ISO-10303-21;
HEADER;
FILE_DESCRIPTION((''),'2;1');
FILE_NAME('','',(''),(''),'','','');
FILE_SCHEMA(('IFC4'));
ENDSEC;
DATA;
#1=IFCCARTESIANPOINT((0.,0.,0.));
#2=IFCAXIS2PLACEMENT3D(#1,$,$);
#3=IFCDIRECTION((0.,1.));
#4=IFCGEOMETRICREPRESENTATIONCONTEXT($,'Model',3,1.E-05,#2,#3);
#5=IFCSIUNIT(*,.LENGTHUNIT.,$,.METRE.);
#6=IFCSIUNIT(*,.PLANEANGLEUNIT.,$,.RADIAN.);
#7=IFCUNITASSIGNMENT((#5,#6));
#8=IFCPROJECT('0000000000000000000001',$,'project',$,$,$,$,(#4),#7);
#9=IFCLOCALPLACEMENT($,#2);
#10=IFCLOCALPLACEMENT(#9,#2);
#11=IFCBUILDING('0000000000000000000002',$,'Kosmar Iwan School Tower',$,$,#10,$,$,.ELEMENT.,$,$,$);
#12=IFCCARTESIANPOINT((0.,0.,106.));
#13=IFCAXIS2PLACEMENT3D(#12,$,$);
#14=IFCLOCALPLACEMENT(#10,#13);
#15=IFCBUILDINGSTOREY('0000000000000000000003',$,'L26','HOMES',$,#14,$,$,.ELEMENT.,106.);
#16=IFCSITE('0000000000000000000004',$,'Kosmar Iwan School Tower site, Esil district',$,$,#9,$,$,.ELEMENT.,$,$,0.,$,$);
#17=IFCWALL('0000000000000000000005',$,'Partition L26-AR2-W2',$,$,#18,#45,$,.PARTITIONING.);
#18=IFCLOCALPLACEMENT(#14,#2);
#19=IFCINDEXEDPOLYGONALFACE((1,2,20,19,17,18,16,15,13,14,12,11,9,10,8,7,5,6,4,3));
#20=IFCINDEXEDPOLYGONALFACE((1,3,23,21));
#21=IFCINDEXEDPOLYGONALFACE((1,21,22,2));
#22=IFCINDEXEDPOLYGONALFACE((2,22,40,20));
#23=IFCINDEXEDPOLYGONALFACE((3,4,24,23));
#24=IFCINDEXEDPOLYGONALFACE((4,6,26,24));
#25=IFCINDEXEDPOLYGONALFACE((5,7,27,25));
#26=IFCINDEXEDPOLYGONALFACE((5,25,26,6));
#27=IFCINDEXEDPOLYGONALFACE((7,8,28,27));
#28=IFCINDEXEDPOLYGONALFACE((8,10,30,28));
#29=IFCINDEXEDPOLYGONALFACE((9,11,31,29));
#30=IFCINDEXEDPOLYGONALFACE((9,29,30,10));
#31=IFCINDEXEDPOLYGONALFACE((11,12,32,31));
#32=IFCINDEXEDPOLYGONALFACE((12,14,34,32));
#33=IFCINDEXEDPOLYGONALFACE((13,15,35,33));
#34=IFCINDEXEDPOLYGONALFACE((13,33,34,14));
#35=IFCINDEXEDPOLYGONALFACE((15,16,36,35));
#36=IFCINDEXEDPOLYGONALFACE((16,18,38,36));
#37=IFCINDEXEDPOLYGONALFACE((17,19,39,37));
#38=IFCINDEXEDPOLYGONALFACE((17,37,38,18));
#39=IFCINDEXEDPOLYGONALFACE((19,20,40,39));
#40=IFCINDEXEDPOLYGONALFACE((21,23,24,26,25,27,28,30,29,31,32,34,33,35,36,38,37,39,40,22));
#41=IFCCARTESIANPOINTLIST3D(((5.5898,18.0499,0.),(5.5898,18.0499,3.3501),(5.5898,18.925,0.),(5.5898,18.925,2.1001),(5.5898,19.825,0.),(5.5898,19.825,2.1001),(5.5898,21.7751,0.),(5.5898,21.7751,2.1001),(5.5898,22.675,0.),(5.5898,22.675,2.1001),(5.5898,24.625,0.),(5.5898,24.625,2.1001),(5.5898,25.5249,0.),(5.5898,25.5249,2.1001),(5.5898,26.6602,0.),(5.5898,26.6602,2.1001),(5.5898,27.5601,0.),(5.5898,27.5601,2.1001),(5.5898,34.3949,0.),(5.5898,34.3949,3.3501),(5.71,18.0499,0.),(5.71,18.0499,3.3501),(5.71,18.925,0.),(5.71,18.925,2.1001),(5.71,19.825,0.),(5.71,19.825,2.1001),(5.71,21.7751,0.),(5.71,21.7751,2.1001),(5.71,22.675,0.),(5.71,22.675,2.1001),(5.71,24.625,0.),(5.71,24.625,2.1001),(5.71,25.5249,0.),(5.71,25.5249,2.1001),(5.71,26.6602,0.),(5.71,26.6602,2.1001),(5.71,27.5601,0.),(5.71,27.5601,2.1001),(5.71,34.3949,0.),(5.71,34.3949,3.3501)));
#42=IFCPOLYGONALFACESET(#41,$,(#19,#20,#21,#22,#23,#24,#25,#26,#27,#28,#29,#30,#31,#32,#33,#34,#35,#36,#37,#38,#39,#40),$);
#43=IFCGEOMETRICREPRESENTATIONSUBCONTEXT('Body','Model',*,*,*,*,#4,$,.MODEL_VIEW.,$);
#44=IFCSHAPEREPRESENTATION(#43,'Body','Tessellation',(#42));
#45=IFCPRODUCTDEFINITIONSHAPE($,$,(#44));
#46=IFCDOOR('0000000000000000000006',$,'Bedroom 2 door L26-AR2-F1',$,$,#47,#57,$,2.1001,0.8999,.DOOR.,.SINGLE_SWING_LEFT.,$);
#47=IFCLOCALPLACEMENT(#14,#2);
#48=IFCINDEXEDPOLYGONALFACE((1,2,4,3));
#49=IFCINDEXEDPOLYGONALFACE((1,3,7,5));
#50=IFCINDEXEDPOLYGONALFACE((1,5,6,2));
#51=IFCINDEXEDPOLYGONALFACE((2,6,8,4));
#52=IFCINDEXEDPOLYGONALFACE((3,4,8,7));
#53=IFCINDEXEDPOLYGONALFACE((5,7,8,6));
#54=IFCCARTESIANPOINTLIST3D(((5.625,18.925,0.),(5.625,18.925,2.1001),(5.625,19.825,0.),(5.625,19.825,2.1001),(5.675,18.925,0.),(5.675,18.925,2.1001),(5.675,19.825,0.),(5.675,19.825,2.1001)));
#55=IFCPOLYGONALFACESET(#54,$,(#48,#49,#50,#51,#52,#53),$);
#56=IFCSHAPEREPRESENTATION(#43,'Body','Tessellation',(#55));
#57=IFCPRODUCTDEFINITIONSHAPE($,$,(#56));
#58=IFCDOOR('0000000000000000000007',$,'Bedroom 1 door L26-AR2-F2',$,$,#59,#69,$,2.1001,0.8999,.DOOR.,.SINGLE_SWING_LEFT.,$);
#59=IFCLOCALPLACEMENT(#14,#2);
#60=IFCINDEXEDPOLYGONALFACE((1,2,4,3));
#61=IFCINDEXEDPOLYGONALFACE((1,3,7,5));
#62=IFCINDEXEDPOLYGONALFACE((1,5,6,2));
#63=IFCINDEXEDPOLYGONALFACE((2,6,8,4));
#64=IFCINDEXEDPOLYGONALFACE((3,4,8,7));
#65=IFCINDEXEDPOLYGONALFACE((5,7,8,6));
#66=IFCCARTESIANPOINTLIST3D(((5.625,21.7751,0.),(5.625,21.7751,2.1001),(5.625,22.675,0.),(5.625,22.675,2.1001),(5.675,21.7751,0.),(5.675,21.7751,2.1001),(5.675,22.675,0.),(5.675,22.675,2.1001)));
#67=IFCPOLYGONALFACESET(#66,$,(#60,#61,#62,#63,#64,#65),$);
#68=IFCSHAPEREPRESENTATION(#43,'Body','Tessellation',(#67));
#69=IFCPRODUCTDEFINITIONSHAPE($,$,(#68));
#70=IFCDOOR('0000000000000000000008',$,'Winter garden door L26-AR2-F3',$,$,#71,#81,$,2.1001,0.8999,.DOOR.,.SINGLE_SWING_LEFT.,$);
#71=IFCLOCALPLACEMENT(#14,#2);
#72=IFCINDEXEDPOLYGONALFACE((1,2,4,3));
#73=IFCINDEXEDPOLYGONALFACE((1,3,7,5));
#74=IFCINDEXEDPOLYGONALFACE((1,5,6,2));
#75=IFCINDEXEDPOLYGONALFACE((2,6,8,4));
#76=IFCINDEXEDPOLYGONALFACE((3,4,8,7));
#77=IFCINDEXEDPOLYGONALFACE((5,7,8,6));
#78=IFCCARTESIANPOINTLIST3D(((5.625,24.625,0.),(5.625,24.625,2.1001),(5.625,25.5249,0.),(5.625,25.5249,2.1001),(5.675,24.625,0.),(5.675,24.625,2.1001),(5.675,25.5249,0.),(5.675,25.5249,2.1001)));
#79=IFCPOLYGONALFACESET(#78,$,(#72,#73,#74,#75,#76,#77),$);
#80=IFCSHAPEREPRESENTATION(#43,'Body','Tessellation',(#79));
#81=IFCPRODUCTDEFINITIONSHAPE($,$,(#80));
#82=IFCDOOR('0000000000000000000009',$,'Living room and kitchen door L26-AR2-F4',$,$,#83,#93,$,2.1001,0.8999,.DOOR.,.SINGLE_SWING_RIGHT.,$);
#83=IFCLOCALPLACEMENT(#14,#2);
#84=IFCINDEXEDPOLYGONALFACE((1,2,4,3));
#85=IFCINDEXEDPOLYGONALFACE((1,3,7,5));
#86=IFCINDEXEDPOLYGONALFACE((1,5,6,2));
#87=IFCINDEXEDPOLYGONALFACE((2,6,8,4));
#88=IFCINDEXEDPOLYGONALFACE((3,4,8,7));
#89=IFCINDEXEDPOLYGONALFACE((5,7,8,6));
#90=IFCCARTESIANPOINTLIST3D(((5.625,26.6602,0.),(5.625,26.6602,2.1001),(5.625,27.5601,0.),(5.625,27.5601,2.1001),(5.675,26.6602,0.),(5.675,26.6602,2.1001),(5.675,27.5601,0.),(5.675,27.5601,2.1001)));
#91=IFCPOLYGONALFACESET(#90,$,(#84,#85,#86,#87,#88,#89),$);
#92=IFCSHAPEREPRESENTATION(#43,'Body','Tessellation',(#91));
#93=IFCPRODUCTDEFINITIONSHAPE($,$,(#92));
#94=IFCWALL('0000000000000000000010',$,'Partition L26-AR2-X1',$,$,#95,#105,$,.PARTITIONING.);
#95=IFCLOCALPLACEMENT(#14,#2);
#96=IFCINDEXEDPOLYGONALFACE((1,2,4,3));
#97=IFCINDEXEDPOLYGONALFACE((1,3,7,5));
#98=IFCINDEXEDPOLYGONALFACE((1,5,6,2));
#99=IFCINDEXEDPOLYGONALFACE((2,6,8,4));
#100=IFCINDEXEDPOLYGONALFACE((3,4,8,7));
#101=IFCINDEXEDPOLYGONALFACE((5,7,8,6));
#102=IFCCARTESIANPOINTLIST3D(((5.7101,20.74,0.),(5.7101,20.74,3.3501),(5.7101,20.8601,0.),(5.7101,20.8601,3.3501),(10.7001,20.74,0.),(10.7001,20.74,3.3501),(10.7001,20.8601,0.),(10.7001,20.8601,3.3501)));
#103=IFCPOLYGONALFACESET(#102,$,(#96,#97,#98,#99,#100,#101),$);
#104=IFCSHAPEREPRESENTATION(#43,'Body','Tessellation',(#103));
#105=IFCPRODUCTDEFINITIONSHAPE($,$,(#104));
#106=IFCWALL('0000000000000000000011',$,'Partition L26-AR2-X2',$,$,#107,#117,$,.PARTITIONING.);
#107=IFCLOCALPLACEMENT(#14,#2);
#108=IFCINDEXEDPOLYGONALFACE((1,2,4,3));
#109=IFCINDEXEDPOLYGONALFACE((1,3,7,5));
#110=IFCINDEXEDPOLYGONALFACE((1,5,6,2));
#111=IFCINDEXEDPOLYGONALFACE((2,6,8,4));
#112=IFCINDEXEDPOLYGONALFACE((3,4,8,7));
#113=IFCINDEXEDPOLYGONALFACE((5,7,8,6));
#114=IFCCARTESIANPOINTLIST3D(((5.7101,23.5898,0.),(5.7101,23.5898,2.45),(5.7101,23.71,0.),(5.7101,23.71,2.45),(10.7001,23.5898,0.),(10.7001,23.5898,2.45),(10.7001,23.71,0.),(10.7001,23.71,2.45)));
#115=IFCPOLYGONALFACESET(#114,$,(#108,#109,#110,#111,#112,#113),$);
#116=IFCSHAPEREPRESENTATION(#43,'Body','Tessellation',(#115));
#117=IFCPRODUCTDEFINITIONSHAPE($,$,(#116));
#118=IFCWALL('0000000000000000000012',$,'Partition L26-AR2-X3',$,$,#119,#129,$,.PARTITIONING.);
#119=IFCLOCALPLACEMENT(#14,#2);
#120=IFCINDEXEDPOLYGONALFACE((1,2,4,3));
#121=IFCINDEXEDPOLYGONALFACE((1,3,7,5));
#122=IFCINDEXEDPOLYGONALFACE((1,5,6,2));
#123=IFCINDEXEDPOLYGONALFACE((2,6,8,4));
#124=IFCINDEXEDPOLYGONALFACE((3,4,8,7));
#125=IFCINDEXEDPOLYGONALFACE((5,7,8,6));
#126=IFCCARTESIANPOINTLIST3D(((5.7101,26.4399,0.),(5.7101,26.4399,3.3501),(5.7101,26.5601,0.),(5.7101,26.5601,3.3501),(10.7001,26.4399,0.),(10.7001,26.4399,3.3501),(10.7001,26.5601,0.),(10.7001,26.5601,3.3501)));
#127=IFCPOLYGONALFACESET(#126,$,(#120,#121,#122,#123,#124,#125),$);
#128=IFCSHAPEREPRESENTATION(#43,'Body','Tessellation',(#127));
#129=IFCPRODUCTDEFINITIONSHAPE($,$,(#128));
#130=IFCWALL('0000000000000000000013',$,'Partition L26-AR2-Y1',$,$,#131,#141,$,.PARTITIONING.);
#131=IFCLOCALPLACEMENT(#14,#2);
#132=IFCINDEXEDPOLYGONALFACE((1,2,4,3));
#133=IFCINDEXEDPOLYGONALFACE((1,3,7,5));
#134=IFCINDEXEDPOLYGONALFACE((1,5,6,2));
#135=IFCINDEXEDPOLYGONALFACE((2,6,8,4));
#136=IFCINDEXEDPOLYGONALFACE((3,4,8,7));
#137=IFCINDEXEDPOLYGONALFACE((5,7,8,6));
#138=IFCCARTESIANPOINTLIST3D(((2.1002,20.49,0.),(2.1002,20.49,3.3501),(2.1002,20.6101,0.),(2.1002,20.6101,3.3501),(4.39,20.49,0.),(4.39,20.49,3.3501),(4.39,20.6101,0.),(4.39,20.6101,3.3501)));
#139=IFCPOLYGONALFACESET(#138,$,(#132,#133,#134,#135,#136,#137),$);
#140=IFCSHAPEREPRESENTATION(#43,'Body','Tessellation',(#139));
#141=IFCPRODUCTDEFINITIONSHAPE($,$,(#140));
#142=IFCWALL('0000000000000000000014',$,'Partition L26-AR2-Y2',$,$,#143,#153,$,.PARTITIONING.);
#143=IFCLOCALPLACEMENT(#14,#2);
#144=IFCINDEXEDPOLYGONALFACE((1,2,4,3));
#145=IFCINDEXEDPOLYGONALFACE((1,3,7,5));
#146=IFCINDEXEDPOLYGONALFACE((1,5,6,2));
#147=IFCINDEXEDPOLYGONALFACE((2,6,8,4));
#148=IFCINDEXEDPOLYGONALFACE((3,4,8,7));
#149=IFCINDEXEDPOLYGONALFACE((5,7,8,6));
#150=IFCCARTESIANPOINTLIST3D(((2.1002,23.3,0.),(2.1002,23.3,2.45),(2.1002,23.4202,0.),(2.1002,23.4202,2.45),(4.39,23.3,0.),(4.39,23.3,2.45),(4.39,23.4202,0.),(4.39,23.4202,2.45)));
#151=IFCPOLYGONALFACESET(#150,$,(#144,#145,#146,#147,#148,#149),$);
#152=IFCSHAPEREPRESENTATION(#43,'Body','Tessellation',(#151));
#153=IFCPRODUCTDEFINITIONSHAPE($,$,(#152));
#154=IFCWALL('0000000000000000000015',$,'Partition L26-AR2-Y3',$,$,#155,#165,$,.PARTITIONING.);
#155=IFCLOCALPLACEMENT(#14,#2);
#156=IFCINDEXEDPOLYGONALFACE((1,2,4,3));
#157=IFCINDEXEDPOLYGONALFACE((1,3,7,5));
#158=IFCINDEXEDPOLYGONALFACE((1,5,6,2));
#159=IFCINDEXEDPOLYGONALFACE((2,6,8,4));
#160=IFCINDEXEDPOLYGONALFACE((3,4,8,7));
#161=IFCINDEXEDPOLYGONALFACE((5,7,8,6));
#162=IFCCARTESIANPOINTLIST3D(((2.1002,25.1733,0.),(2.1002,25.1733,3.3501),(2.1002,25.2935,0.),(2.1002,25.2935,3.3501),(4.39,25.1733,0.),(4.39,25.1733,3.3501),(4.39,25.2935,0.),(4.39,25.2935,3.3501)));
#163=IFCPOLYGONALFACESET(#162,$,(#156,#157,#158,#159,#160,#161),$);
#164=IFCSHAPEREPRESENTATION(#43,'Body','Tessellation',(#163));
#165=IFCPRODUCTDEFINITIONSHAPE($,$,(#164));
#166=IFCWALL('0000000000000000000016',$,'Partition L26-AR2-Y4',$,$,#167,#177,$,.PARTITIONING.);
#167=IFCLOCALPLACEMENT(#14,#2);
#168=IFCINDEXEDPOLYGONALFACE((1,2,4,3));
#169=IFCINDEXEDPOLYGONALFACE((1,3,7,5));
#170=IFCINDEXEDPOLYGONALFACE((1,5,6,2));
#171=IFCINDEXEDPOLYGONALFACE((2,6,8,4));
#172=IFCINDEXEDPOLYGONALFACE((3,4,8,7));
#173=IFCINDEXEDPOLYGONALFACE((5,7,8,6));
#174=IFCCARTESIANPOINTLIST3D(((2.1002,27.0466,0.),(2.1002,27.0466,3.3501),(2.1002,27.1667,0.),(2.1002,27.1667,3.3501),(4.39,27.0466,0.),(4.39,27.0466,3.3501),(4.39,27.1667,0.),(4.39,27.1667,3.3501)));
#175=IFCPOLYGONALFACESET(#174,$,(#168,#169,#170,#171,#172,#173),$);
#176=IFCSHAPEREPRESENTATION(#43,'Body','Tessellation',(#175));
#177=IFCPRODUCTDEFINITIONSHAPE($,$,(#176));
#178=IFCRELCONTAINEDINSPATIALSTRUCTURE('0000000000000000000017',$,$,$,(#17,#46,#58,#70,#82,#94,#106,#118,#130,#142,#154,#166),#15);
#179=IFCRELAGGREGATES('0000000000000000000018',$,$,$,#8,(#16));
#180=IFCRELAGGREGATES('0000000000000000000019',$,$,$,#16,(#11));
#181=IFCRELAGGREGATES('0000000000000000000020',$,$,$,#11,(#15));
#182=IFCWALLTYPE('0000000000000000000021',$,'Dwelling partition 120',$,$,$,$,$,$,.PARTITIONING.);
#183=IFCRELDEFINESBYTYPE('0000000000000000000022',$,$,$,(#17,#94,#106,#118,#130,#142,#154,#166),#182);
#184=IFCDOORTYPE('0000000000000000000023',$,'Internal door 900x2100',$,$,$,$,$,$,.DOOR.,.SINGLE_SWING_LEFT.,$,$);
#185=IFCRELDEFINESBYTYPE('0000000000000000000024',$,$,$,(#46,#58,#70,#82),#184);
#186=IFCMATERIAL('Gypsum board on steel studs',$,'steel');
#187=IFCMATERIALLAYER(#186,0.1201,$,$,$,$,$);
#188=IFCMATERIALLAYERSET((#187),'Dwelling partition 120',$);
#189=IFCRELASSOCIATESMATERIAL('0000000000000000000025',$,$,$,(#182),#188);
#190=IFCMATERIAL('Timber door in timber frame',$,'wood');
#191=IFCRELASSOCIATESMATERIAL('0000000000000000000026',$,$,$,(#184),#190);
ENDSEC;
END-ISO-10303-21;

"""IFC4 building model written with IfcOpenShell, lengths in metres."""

from ifc_helpers import new_model, si_unit, direction, frame, frame_2d, origin, place, context, subcontext, project, spatial, rectangle, extrude, material, layer, layer_set, type_object, element, fill, save


model = new_model("IFC4")

# Units and contexts
model_context = context("Model", 3, precision=1e-05, world=origin(), true_north=direction((0.0, 1.0)))
body_context = subcontext(model_context, "Body", "Model", "MODEL_VIEW")
ifc_project = project(units=[si_unit("LENGTHUNIT", "METRE"), si_unit("PLANEANGLEUNIT", "RADIAN")], contexts=[model_context])

# Site, building, storey
site_placement = place(None, origin())
site = spatial("IfcSite", under=ifc_project, at=site_placement, Name="Kosmar Iwan School Tower site, Esil district", CompositionType="ELEMENT", RefElevation=0.0)
building_placement = place(site_placement, origin())
building = spatial("IfcBuilding", under=site, at=building_placement, Name="Kosmar Iwan School Tower", CompositionType="ELEMENT")
storey_placement = place(building_placement, frame((0.0, 0.0, 106.0)))
storey = spatial("IfcBuildingStorey", under=building, at=storey_placement, Name="L26", Description="HOMES", CompositionType="ELEMENT", Elevation=106.0)

# Wall, openings, doors
ifc_material_1 = material(Name="Gypsum board on steel studs", Category="steel")
ifc_layer_1 = layer(ifc_material_1, 0.1201)
ifc_layer_set_1 = layer_set([ifc_layer_1], Name="Dwelling partition 120")
wall_type_1 = type_object("IfcWallType", Name="Dwelling partition 120", PredefinedType="PARTITIONING", material=ifc_layer_set_1)
wall_1_placement = place(storey_placement, frame((5.6499, 18.05, 0.0), z_axis=(0.0, 0.0, 1.0), x_axis=(0.0, 1.0, 0.0)))
wall_1 = element("IfcWall", 1, at=wall_1_placement, inside=storey, type_object=wall_type_1, Name="Partition L26-AR2-W2", PredefinedType="PARTITIONING", context=body_context, shape_type="SweptSolid", body=[
    extrude(rectangle(XDim=16.345, YDim=0.1201, at=frame_2d((8.1724, 0.0))), origin(), (0.0, 0.0, 1.0), 3.3501),
])
opening_1_placement = place(wall_1_placement, frame((0.875, 0.0, 0.0)))
opening_1 = element("IfcOpeningElement", 2, at=opening_1_placement, cuts=wall_1, PredefinedType="OPENING", context=body_context, shape_type="SweptSolid", body=[
    extrude(rectangle(XDim=0.8999, YDim=2.1001, at=frame_2d((0.45, 1.05))), frame((0.0, 0.072, 0.0), z_axis=(0.0, -1.0, 0.0), x_axis=(1.0, 0.0, 0.0)), (0.0, 0.0, 1.0), 0.144),
])
opening_2_placement = place(wall_1_placement, frame((3.7251, 0.0, 0.0)))
opening_2 = element("IfcOpeningElement", 3, at=opening_2_placement, cuts=wall_1, PredefinedType="OPENING", context=body_context, shape_type="SweptSolid", body=[
    extrude(rectangle(XDim=0.8999, YDim=2.1001, at=frame_2d((0.45, 1.05))), frame((0.0, 0.072, 0.0), z_axis=(0.0, -1.0, 0.0), x_axis=(1.0, 0.0, 0.0)), (0.0, 0.0, 1.0), 0.144),
])
opening_3_placement = place(wall_1_placement, frame((6.575, 0.0, 0.0)))
opening_3 = element("IfcOpeningElement", 4, at=opening_3_placement, cuts=wall_1, PredefinedType="OPENING", context=body_context, shape_type="SweptSolid", body=[
    extrude(rectangle(XDim=0.8999, YDim=2.1001, at=frame_2d((0.45, 1.05))), frame((0.0, 0.072, 0.0), z_axis=(0.0, -1.0, 0.0), x_axis=(1.0, 0.0, 0.0)), (0.0, 0.0, 1.0), 0.144),
])
opening_4_placement = place(wall_1_placement, frame((8.6101, 0.0, 0.0)))
opening_4 = element("IfcOpeningElement", 5, at=opening_4_placement, cuts=wall_1, PredefinedType="OPENING", context=body_context, shape_type="SweptSolid", body=[
    extrude(rectangle(XDim=0.8999, YDim=2.1001, at=frame_2d((0.45, 1.05))), frame((0.0, 0.072, 0.0), z_axis=(0.0, -1.0, 0.0), x_axis=(1.0, 0.0, 0.0)), (0.0, 0.0, 1.0), 0.144),
])
ifc_material_2 = material(Name="Timber door in timber frame", Category="wood")
door_type_1 = type_object("IfcDoorType", Name="Internal door 900x2100", OperationType="SINGLE_SWING_LEFT", PredefinedType="DOOR", material=ifc_material_2)
door_1_placement = place(opening_1_placement, origin())
door_1 = element("IfcDoor", 6, at=door_1_placement, inside=storey, type_object=door_type_1, Name="Bedroom 2 door L26-AR2-F1", OperationType="SINGLE_SWING_LEFT", OverallHeight=2.1001, OverallWidth=0.8999, PredefinedType="DOOR", context=body_context, shape_type="SweptSolid", body=[
    extrude(rectangle(XDim=0.8999, YDim=2.1001, at=frame_2d((0.45, 1.05))), frame((0.0, 0.0249, 0.0), z_axis=(0.0, -1.0, 0.0), x_axis=(1.0, 0.0, 0.0)), (0.0, 0.0, 1.0), 0.05),
])
fill(opening_1, door_1)
door_2_placement = place(opening_2_placement, origin())
door_2 = element("IfcDoor", 7, at=door_2_placement, inside=storey, type_object=door_type_1, Name="Bedroom 1 door L26-AR2-F2", OperationType="SINGLE_SWING_LEFT", OverallHeight=2.1001, OverallWidth=0.8999, PredefinedType="DOOR", context=body_context, shape_type="SweptSolid", body=[
    extrude(rectangle(XDim=0.8999, YDim=2.1001, at=frame_2d((0.45, 1.05))), frame((0.0, 0.0249, 0.0), z_axis=(0.0, -1.0, 0.0), x_axis=(1.0, 0.0, 0.0)), (0.0, 0.0, 1.0), 0.05),
])
fill(opening_2, door_2)
door_3_placement = place(opening_3_placement, origin())
door_3 = element("IfcDoor", 8, at=door_3_placement, inside=storey, type_object=door_type_1, Name="Winter garden door L26-AR2-F3", OperationType="SINGLE_SWING_LEFT", OverallHeight=2.1001, OverallWidth=0.8999, PredefinedType="DOOR", context=body_context, shape_type="SweptSolid", body=[
    extrude(rectangle(XDim=0.8999, YDim=2.1001, at=frame_2d((0.45, 1.05))), frame((0.0, 0.0249, 0.0), z_axis=(0.0, -1.0, 0.0), x_axis=(1.0, 0.0, 0.0)), (0.0, 0.0, 1.0), 0.05),
])
fill(opening_3, door_3)
door_4_placement = place(opening_4_placement, origin())
door_4 = element("IfcDoor", 9, at=door_4_placement, inside=storey, type_object=door_type_1, Name="Living room and kitchen door L26-AR2-F4", OperationType="SINGLE_SWING_RIGHT", OverallHeight=2.1001, OverallWidth=0.8999, PredefinedType="DOOR", context=body_context, shape_type="SweptSolid", body=[
    extrude(rectangle(XDim=0.8999, YDim=2.1001, at=frame_2d((0.45, 1.05))), frame((0.0, 0.0249, 0.0), z_axis=(0.0, -1.0, 0.0), x_axis=(1.0, 0.0, 0.0)), (0.0, 0.0, 1.0), 0.05),
])
fill(opening_4, door_4)

# Walls
wall_2_placement = place(storey_placement, frame((5.71, 20.8, 0.0), z_axis=(0.0, 0.0, 1.0), x_axis=(1.0, 0.0, 0.0)))
element("IfcWall", 10, at=wall_2_placement, inside=storey, type_object=wall_type_1, Name="Partition L26-AR2-X1", PredefinedType="PARTITIONING", context=body_context, shape_type="SweptSolid", body=[
    extrude(rectangle(XDim=4.99, YDim=0.1201, at=frame_2d((2.4951, 0.0))), origin(), (0.0, 0.0, 1.0), 3.3501),
])
wall_3_placement = place(storey_placement, frame((5.71, 23.6499, 0.0), z_axis=(0.0, 0.0, 1.0), x_axis=(1.0, 0.0, 0.0)))
element("IfcWall", 11, at=wall_3_placement, inside=storey, type_object=wall_type_1, Name="Partition L26-AR2-X2", PredefinedType="PARTITIONING", context=body_context, shape_type="SweptSolid", body=[
    extrude(rectangle(XDim=4.99, YDim=0.1201, at=frame_2d((2.4951, 0.0))), origin(), (0.0, 0.0, 1.0), 2.45),
])
wall_4_placement = place(storey_placement, frame((5.71, 26.5, 0.0), z_axis=(0.0, 0.0, 1.0), x_axis=(1.0, 0.0, 0.0)))
element("IfcWall", 12, at=wall_4_placement, inside=storey, type_object=wall_type_1, Name="Partition L26-AR2-X3", PredefinedType="PARTITIONING", context=body_context, shape_type="SweptSolid", body=[
    extrude(rectangle(XDim=4.99, YDim=0.1201, at=frame_2d((2.4951, 0.0))), origin(), (0.0, 0.0, 1.0), 3.3501),
])
wall_5_placement = place(storey_placement, frame((2.1001, 20.55, 0.0), z_axis=(0.0, 0.0, 1.0), x_axis=(1.0, 0.0, 0.0)))
element("IfcWall", 13, at=wall_5_placement, inside=storey, type_object=wall_type_1, Name="Partition L26-AR2-Y1", PredefinedType="PARTITIONING", context=body_context, shape_type="SweptSolid", body=[
    extrude(rectangle(XDim=2.2898, YDim=0.1201, at=frame_2d((1.145, 0.0))), origin(), (0.0, 0.0, 1.0), 3.3501),
])
wall_6_placement = place(storey_placement, frame((2.1001, 23.3601, 0.0), z_axis=(0.0, 0.0, 1.0), x_axis=(1.0, 0.0, 0.0)))
element("IfcWall", 14, at=wall_6_placement, inside=storey, type_object=wall_type_1, Name="Partition L26-AR2-Y2", PredefinedType="PARTITIONING", context=body_context, shape_type="SweptSolid", body=[
    extrude(rectangle(XDim=2.2898, YDim=0.1201, at=frame_2d((1.145, 0.0))), origin(), (0.0, 0.0, 1.0), 2.45),
])
for number, where, z_axis, x_axis, name in (
    (15, (2.1001, 25.2334, 0.0), (0.0, 0.0, 1.0), (1.0, 0.0, 0.0), "Partition L26-AR2-Y3"),
    (16, (2.1001, 27.1067, 0.0), (0.0, 0.0, 1.0), (1.0, 0.0, 0.0), "Partition L26-AR2-Y4"),
):
    element("IfcWall", number, at=place(storey_placement, frame(where, z_axis=z_axis, x_axis=x_axis)), inside=storey, type_object=wall_type_1, Name=name, PredefinedType="PARTITIONING", context=body_context, shape_type="SweptSolid", body=[
        extrude(rectangle(XDim=2.2898, YDim=0.1201, at=frame_2d((1.145, 0.0))), origin(), (0.0, 0.0, 1.0), 3.3501),
    ])

save(model, "model.ifc")
